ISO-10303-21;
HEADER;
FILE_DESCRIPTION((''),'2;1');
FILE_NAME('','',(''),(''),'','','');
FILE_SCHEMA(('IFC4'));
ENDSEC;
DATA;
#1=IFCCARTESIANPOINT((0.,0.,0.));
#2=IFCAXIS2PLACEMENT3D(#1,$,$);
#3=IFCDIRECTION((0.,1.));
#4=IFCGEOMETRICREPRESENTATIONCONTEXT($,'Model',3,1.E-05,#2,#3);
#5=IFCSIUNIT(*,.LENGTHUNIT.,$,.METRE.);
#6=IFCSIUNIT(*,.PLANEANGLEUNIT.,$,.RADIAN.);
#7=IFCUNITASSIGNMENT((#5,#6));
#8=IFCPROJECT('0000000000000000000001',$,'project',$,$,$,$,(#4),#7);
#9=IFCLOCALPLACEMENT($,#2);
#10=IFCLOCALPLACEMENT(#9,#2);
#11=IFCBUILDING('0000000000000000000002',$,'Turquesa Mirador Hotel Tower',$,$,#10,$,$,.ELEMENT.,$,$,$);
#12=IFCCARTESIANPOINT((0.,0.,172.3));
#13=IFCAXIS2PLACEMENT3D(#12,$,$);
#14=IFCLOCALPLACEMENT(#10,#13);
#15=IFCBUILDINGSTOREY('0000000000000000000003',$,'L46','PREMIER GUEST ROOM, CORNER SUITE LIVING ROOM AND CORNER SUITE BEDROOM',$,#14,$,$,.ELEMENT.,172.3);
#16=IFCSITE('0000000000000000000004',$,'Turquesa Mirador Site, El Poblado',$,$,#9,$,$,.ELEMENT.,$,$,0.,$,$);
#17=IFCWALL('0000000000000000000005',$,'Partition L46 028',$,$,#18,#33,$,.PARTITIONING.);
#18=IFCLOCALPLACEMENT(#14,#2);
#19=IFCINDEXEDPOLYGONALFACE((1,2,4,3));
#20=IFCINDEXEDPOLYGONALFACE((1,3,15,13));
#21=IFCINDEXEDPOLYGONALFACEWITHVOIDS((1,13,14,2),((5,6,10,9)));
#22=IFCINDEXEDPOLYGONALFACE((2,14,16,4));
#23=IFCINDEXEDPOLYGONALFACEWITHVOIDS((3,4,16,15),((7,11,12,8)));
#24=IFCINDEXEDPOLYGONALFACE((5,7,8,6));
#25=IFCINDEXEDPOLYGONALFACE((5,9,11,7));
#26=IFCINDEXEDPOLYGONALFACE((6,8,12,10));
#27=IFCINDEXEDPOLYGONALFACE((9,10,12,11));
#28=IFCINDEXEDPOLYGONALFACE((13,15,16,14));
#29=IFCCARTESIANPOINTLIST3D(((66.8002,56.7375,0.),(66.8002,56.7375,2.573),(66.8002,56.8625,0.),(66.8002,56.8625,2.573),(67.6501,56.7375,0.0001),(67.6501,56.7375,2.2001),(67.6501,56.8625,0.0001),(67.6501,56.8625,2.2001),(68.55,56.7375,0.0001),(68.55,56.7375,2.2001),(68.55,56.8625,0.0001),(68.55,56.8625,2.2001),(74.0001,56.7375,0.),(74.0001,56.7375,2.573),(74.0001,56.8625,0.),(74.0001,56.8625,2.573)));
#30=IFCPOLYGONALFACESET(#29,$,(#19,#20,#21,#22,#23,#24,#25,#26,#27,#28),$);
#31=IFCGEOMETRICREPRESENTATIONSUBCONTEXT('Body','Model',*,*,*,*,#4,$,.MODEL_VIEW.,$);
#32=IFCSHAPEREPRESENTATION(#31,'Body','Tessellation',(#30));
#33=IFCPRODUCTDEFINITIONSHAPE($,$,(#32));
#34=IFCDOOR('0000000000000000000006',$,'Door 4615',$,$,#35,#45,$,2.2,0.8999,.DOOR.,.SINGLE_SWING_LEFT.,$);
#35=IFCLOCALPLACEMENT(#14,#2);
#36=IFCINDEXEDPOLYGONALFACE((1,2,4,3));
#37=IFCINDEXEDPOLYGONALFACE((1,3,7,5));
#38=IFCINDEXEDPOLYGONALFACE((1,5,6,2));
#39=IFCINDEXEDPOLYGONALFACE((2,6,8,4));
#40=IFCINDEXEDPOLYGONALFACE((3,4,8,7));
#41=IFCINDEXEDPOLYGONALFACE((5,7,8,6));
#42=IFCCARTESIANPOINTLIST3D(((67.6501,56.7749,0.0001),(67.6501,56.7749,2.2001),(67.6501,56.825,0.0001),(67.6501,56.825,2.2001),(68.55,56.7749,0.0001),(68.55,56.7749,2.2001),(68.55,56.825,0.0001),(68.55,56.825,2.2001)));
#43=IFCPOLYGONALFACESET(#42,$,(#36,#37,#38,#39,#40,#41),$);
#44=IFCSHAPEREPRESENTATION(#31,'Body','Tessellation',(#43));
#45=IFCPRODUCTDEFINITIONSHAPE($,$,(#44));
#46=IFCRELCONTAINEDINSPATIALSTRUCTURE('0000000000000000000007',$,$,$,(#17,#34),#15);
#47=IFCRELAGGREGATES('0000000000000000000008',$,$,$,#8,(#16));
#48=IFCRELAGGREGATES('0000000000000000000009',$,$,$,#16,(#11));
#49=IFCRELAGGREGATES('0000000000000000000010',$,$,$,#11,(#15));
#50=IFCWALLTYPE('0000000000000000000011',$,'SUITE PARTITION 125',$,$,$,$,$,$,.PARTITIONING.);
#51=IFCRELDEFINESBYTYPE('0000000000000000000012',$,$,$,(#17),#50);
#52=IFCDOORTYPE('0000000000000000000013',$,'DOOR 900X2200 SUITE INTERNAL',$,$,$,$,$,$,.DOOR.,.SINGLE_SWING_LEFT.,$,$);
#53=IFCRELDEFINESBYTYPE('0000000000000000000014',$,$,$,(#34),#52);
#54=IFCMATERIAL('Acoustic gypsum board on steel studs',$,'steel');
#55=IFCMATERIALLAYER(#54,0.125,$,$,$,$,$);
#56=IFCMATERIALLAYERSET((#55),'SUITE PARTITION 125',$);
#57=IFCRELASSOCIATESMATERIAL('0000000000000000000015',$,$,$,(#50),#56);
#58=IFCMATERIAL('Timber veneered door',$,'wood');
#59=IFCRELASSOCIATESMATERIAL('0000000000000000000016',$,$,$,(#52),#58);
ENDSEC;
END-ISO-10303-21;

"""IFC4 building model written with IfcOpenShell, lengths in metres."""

from ifc_helpers import new_model, si_unit, direction, frame, frame_2d, origin, place, context, subcontext, project, spatial, rectangle, extrude, material, layer, layer_set, type_object, element, fill, save


model = new_model("IFC4")

# Units and contexts
model_context = context("Model", 3, precision=1e-05, world=origin(), true_north=direction((0.0, 1.0)))
body_context = subcontext(model_context, "Body", "Model", "MODEL_VIEW")
ifc_project = project(units=[si_unit("LENGTHUNIT", "METRE"), si_unit("PLANEANGLEUNIT", "RADIAN")], contexts=[model_context])

# Site, building, storey
site_placement = place(None, origin())
site = spatial("IfcSite", under=ifc_project, at=site_placement, Name="Turquesa Mirador Site, El Poblado", CompositionType="ELEMENT", RefElevation=0.0)
building_placement = place(site_placement, origin())
building = spatial("IfcBuilding", under=site, at=building_placement, Name="Turquesa Mirador Hotel Tower", CompositionType="ELEMENT")
storey_placement = place(building_placement, frame((0.0, 0.0, 172.3)))
storey = spatial("IfcBuildingStorey", under=building, at=storey_placement, Name="L46", Description="PREMIER GUEST ROOM, CORNER SUITE LIVING ROOM AND CORNER SUITE BEDROOM", CompositionType="ELEMENT", Elevation=172.3)

# Wall, opening, door
ifc_material_1 = material(Name="Acoustic gypsum board on steel studs", Category="steel")
ifc_layer_1 = layer(ifc_material_1, 0.125)
ifc_layer_set_1 = layer_set([ifc_layer_1], Name="SUITE PARTITION 125")
wall_type_1 = type_object("IfcWallType", Name="SUITE PARTITION 125", PredefinedType="PARTITIONING", material=ifc_layer_set_1)
wall_1_placement = place(storey_placement, frame((66.8, 56.8, 0.0), z_axis=(0.0, 0.0, 1.0), x_axis=(1.0, 0.0, 0.0)))
wall_1 = element("IfcWall", 1, at=wall_1_placement, inside=storey, type_object=wall_type_1, Name="Partition L46 028", PredefinedType="PARTITIONING", context=body_context, shape_type="SweptSolid", body=[
    extrude(rectangle(XDim=7.2, YDim=0.125, at=frame_2d((3.6001, 0.0))), origin(), (0.0, 0.0, 1.0), 2.573),
])
opening_1_placement = place(wall_1_placement, frame((0.8501, 0.0, 0.0)))
opening_1 = element("IfcOpeningElement", 2, at=opening_1_placement, cuts=wall_1, PredefinedType="OPENING", context=body_context, shape_type="SweptSolid", body=[
    extrude(rectangle(XDim=0.8999, YDim=2.2, at=frame_2d((0.45, 1.1001))), frame((0.0, 0.0725, 0.0), z_axis=(0.0, -1.0, 0.0), x_axis=(1.0, 0.0, 0.0)), (0.0, 0.0, 1.0), 0.145),
])
ifc_material_2 = material(Name="Timber veneered door", Category="wood")
door_type = type_object("IfcDoorType", Name="DOOR 900X2200 SUITE INTERNAL", OperationType="SINGLE_SWING_LEFT", PredefinedType="DOOR", material=ifc_material_2)
door_placement = place(opening_1_placement, origin())
door = element("IfcDoor", 3, at=door_placement, inside=storey, type_object=door_type, Name="Door 4615", OperationType="SINGLE_SWING_LEFT", OverallHeight=2.2, OverallWidth=0.8999, PredefinedType="DOOR", context=body_context, shape_type="SweptSolid", body=[
    extrude(rectangle(XDim=0.8999, YDim=2.2, at=frame_2d((0.45, 1.1001))), frame((0.0, 0.0249, 0.0), z_axis=(0.0, -1.0, 0.0), x_axis=(1.0, 0.0, 0.0)), (0.0, 0.0, 1.0), 0.05),
])
fill(opening_1, door)

save(model, "model.ifc")
